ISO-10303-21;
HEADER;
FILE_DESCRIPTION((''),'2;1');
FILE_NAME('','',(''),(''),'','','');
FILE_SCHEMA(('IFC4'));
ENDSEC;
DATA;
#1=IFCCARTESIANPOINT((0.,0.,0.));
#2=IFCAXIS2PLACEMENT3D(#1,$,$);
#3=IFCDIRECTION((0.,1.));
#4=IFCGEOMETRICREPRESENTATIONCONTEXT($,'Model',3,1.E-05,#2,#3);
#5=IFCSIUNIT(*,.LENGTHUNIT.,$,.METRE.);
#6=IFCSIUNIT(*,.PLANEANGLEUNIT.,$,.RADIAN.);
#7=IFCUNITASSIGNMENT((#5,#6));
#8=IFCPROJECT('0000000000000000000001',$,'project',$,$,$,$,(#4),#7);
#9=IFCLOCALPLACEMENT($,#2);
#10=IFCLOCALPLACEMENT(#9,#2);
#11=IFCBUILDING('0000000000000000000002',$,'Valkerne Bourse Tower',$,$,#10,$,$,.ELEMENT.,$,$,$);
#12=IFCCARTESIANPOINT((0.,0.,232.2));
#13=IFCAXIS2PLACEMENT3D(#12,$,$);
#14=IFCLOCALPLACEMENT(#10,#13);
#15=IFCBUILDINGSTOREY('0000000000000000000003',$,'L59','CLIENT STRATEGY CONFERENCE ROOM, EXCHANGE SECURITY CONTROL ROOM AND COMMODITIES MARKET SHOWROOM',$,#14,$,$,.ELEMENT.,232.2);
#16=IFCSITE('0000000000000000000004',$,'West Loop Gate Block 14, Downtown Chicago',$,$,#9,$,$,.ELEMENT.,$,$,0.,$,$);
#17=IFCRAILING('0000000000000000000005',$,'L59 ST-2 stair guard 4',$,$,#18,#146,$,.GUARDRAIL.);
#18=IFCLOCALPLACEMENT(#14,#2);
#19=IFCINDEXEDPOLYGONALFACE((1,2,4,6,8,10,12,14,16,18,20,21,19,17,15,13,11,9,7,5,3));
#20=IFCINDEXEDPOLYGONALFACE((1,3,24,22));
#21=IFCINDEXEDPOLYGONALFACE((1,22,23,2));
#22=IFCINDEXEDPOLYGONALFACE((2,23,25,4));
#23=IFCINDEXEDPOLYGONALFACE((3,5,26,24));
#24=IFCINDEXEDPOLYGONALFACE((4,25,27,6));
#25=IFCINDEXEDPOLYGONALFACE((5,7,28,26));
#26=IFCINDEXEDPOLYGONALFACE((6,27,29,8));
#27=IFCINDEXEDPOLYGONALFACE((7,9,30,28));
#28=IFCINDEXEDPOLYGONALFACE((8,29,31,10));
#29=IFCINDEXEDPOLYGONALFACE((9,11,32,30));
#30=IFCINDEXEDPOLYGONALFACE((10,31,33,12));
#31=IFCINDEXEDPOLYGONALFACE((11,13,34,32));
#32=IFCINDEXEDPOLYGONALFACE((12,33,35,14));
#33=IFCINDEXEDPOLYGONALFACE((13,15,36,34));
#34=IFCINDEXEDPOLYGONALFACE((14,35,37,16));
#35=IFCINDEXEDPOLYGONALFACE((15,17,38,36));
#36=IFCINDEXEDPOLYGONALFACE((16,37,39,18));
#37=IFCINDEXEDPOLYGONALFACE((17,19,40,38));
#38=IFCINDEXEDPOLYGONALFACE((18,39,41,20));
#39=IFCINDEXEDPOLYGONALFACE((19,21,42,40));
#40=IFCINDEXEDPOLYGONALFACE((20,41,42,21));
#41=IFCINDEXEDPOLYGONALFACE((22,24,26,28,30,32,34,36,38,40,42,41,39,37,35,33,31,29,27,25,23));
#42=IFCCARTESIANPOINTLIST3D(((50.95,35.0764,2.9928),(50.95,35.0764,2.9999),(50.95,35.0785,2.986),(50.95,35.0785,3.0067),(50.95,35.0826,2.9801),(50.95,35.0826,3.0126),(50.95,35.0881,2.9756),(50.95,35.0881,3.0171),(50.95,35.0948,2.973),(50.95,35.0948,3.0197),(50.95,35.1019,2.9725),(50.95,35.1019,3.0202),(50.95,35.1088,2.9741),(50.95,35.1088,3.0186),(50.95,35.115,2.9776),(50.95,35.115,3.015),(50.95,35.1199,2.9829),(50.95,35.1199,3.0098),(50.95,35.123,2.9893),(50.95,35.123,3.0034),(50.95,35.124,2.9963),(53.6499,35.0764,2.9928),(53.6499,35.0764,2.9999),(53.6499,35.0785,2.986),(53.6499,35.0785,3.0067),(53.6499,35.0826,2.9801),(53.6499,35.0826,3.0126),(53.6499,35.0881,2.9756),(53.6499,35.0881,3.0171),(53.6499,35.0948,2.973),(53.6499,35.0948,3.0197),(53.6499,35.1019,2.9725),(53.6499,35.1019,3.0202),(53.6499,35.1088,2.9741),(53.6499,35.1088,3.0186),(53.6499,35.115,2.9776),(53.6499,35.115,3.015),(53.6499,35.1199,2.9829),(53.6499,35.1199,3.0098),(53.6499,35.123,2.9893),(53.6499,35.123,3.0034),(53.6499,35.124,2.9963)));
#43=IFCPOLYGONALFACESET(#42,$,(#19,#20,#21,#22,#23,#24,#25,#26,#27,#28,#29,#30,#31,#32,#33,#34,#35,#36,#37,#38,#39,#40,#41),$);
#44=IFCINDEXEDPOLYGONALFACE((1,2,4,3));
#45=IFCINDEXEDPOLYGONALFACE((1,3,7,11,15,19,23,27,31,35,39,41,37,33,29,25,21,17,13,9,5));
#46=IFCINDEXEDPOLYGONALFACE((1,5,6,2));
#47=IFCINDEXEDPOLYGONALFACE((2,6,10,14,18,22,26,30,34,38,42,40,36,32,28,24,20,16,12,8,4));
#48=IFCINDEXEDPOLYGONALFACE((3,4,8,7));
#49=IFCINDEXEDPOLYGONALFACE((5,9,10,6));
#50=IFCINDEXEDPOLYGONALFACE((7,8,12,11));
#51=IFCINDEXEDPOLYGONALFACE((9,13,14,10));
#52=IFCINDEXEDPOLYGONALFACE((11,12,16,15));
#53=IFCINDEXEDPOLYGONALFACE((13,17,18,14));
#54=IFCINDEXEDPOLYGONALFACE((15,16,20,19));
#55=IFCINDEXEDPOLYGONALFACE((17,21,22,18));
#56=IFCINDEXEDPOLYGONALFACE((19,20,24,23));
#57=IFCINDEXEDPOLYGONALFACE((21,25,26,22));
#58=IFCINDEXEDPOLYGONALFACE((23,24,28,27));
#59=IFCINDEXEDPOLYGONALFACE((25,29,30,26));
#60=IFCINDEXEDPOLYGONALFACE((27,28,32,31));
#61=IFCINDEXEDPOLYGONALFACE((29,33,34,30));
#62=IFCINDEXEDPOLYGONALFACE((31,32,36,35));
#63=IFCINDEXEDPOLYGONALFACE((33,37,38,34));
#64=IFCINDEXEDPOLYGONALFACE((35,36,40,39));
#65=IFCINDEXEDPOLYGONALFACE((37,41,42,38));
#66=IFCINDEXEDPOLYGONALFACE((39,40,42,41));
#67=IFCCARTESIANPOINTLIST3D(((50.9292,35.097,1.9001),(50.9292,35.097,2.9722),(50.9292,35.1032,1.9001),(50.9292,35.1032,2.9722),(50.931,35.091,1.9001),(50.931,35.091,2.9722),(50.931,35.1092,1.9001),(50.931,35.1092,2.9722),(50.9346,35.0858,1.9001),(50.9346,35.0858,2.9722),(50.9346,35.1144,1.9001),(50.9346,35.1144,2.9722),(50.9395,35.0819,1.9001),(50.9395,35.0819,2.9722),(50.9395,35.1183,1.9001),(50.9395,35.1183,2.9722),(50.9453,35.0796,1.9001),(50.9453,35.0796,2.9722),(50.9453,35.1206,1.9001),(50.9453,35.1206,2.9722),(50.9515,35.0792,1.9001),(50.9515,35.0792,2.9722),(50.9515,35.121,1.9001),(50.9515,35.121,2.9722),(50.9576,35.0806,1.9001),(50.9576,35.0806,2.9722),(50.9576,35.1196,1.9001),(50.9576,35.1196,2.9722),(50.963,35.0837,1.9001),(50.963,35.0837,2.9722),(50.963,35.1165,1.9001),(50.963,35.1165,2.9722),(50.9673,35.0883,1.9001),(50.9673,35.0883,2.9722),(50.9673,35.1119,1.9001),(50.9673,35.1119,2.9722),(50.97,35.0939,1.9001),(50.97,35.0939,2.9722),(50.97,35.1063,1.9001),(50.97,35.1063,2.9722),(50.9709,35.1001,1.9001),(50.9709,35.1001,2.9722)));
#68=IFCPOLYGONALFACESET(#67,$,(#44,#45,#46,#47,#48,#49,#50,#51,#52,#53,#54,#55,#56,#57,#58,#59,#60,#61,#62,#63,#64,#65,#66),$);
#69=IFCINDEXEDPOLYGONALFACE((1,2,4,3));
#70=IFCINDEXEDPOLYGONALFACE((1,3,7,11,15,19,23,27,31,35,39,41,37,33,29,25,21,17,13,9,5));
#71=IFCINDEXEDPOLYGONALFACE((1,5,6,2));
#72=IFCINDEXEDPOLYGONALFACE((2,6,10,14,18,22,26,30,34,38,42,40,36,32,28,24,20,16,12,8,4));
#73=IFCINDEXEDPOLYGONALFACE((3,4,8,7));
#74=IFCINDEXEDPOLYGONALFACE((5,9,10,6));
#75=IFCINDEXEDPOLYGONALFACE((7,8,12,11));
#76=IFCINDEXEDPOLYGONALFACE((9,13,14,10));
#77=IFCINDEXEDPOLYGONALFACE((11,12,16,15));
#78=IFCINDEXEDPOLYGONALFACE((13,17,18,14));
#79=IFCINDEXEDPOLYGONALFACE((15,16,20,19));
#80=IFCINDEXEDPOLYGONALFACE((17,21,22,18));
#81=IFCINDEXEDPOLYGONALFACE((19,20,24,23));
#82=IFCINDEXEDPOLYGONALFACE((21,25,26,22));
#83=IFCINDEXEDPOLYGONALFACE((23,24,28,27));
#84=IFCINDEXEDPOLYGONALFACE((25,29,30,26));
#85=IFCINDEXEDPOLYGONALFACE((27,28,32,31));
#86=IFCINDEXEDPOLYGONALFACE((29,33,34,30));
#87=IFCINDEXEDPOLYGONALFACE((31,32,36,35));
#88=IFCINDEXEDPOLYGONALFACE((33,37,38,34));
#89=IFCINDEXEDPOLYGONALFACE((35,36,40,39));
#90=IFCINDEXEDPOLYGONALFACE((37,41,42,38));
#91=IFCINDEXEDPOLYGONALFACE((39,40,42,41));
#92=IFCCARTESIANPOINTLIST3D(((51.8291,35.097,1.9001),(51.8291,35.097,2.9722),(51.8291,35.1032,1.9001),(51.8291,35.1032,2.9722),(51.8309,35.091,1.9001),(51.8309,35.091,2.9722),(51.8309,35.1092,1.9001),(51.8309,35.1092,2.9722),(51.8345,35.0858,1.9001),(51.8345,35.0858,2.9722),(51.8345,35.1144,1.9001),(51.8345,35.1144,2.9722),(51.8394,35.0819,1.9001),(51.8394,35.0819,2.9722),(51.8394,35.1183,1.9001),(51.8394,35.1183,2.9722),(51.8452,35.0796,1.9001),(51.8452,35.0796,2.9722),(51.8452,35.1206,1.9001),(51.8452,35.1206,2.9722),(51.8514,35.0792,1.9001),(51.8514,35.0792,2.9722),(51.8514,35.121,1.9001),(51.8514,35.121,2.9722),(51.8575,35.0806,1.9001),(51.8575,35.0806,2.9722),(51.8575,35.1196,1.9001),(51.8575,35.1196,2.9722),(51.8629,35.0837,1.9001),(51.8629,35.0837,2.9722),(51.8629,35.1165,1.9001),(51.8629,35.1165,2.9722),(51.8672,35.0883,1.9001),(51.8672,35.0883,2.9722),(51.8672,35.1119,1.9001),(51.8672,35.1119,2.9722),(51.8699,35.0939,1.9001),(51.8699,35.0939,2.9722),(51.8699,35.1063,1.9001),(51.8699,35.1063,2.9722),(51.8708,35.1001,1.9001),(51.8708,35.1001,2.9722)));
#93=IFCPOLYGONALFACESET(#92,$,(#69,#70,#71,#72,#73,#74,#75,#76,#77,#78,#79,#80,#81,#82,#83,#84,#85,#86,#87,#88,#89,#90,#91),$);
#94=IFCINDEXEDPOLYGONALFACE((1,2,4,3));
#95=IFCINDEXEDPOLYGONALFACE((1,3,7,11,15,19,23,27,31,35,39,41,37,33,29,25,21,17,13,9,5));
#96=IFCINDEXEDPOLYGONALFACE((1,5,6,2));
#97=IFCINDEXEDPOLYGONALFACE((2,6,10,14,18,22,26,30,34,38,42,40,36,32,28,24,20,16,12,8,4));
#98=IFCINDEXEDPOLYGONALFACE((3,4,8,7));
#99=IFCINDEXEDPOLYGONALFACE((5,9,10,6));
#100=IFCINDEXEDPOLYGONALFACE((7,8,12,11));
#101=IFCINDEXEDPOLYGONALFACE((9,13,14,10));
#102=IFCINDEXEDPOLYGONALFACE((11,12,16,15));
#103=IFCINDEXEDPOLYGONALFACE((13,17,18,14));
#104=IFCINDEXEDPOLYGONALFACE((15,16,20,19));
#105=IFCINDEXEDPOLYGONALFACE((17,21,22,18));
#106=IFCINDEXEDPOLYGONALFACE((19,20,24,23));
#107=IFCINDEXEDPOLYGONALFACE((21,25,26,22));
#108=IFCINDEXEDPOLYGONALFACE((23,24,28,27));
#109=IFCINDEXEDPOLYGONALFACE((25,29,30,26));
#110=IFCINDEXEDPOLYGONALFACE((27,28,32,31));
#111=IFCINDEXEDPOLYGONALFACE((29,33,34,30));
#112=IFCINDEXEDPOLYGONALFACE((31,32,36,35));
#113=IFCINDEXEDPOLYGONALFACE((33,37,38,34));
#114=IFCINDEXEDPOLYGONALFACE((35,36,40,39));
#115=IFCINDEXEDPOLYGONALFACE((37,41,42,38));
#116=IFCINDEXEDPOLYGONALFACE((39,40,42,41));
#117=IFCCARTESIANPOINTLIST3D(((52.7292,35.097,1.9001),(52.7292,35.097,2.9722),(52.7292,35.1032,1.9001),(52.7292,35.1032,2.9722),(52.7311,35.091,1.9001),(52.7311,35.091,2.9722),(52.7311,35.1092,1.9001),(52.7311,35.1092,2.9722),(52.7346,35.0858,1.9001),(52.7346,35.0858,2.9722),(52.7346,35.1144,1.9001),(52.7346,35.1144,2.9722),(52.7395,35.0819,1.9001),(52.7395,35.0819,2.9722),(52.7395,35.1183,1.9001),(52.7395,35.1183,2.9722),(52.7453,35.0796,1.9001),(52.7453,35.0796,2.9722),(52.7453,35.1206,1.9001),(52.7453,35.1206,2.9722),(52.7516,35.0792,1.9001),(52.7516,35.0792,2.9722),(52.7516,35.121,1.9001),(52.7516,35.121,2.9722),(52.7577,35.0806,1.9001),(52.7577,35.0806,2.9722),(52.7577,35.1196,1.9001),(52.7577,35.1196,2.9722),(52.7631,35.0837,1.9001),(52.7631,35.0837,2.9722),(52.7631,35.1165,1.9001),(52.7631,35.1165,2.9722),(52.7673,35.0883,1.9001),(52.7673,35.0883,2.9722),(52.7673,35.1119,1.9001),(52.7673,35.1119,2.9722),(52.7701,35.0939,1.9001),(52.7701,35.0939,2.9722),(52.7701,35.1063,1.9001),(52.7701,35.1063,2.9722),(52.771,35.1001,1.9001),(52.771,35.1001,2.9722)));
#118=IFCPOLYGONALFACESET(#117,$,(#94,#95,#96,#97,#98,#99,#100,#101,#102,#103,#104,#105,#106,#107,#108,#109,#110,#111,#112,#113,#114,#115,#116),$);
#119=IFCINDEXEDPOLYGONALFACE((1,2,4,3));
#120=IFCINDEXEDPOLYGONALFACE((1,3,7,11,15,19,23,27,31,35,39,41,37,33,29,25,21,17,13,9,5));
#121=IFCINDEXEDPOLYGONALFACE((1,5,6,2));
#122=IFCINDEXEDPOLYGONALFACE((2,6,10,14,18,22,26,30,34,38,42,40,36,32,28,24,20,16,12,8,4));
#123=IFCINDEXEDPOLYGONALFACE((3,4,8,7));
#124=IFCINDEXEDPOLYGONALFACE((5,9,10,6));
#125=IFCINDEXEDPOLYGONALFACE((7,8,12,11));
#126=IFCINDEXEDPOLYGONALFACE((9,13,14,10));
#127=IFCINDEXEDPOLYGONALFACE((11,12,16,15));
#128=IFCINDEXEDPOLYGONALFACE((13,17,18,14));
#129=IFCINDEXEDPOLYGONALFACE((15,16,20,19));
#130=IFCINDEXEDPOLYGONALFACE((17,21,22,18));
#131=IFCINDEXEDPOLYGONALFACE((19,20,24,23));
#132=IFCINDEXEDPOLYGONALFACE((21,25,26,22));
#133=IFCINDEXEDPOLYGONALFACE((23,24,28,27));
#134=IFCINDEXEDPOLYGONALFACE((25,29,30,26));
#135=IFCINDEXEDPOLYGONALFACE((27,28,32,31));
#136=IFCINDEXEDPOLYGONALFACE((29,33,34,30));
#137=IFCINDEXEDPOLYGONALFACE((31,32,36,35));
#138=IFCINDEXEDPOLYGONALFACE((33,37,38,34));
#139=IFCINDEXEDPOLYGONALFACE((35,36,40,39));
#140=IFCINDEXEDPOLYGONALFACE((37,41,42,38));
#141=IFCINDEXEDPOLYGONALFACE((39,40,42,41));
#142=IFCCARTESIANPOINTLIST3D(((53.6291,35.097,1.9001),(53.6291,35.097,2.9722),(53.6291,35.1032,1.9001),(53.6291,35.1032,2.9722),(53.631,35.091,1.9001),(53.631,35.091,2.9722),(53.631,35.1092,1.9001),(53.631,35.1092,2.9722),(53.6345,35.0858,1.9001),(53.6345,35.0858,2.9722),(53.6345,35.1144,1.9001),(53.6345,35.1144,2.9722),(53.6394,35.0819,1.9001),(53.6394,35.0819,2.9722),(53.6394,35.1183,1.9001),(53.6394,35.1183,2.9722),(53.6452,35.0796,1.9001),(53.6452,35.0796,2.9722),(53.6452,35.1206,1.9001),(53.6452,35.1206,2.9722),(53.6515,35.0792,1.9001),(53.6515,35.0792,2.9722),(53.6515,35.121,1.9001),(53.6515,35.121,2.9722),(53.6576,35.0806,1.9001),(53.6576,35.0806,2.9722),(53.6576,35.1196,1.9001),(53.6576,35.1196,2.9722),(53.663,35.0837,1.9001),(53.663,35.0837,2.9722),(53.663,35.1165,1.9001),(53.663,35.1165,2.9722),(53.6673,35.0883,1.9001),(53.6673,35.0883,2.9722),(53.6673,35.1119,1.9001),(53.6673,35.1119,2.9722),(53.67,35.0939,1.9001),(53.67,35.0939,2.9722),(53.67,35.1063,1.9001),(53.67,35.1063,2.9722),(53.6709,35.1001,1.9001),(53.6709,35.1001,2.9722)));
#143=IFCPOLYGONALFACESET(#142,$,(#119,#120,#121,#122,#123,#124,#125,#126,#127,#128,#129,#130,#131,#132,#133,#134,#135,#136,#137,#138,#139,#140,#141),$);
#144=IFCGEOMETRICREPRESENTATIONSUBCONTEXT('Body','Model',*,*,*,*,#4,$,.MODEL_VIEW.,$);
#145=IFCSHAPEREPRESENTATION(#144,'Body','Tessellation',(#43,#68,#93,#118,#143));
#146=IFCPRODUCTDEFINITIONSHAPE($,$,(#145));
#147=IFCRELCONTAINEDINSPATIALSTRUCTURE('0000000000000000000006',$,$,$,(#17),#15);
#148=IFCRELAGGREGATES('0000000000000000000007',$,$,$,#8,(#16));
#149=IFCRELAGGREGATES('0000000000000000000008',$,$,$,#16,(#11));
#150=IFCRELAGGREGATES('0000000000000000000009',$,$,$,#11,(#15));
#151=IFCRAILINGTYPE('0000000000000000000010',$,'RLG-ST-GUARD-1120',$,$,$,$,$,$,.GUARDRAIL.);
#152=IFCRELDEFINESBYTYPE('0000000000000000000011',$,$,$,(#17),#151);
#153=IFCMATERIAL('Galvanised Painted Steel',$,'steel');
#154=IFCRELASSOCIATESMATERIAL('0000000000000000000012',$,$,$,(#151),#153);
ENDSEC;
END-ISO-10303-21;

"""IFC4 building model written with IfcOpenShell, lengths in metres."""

from ifc_helpers import new_model, si_unit, direction, frame, origin, origin_2d, place, context, subcontext, project, spatial, circle, extrude, material, type_object, element, save


model = new_model("IFC4")

# Units and contexts
model_context = context("Model", 3, precision=1e-05, world=origin(), true_north=direction((0.0, 1.0)))
body_context = subcontext(model_context, "Body", "Model", "MODEL_VIEW")
ifc_project = project(units=[si_unit("LENGTHUNIT", "METRE"), si_unit("PLANEANGLEUNIT", "RADIAN")], contexts=[model_context])

# Site, building, storey
site_placement = place(None, origin())
site = spatial("IfcSite", under=ifc_project, at=site_placement, Name="West Loop Gate Block 14, Downtown Chicago", CompositionType="ELEMENT", RefElevation=0.0)
building_placement = place(site_placement, origin())
building = spatial("IfcBuilding", under=site, at=building_placement, Name="Valkerne Bourse Tower", CompositionType="ELEMENT")
storey_placement = place(building_placement, frame((0.0, 0.0, 232.2)))
storey = spatial("IfcBuildingStorey", under=building, at=storey_placement, Name="L59", Description="CLIENT STRATEGY CONFERENCE ROOM, EXCHANGE SECURITY CONTROL ROOM AND COMMODITIES MARKET SHOWROOM", CompositionType="ELEMENT", Elevation=232.2)

# Shared definitions
ifc_material_1 = material(Name="Galvanised Painted Steel", Category="steel")

# Railing
railing_type_1 = type_object("IfcRailingType", Name="RLG-ST-GUARD-1120", PredefinedType="GUARDRAIL", material=ifc_material_1)
for number, where, name in (
    (1, (50.95, 35.1001, 1.9001), "L59 ST-2 stair guard 4"),
):
    element("IfcRailing", number, at=place(storey_placement, frame(where)), inside=storey, type_object=railing_type_1, Name=name, PredefinedType="GUARDRAIL", context=body_context, shape_type="SweptSolid", body=[
        extrude(circle(Radius=0.0239, at=origin_2d()), frame((0.0, 0.0, 1.0962), z_axis=(1.0, 0.0, 0.0), x_axis=(0.0, 1.0, 0.0)), (0.0, 0.0, 1.0), 2.7),
        extrude(circle(Radius=0.021, at=origin_2d()), origin(), (0.0, 0.0, 1.0), 1.072),
        extrude(circle(Radius=0.021, at=origin_2d()), frame((0.8999, 0.0, 0.0)), (0.0, 0.0, 1.0), 1.072),
        extrude(circle(Radius=0.021, at=origin_2d()), frame((1.8, 0.0, 0.0)), (0.0, 0.0, 1.0), 1.072),
        extrude(circle(Radius=0.021, at=origin_2d()), frame((2.7, 0.0, 0.0)), (0.0, 0.0, 1.0), 1.072),
    ])

save(model, "model.ifc")
